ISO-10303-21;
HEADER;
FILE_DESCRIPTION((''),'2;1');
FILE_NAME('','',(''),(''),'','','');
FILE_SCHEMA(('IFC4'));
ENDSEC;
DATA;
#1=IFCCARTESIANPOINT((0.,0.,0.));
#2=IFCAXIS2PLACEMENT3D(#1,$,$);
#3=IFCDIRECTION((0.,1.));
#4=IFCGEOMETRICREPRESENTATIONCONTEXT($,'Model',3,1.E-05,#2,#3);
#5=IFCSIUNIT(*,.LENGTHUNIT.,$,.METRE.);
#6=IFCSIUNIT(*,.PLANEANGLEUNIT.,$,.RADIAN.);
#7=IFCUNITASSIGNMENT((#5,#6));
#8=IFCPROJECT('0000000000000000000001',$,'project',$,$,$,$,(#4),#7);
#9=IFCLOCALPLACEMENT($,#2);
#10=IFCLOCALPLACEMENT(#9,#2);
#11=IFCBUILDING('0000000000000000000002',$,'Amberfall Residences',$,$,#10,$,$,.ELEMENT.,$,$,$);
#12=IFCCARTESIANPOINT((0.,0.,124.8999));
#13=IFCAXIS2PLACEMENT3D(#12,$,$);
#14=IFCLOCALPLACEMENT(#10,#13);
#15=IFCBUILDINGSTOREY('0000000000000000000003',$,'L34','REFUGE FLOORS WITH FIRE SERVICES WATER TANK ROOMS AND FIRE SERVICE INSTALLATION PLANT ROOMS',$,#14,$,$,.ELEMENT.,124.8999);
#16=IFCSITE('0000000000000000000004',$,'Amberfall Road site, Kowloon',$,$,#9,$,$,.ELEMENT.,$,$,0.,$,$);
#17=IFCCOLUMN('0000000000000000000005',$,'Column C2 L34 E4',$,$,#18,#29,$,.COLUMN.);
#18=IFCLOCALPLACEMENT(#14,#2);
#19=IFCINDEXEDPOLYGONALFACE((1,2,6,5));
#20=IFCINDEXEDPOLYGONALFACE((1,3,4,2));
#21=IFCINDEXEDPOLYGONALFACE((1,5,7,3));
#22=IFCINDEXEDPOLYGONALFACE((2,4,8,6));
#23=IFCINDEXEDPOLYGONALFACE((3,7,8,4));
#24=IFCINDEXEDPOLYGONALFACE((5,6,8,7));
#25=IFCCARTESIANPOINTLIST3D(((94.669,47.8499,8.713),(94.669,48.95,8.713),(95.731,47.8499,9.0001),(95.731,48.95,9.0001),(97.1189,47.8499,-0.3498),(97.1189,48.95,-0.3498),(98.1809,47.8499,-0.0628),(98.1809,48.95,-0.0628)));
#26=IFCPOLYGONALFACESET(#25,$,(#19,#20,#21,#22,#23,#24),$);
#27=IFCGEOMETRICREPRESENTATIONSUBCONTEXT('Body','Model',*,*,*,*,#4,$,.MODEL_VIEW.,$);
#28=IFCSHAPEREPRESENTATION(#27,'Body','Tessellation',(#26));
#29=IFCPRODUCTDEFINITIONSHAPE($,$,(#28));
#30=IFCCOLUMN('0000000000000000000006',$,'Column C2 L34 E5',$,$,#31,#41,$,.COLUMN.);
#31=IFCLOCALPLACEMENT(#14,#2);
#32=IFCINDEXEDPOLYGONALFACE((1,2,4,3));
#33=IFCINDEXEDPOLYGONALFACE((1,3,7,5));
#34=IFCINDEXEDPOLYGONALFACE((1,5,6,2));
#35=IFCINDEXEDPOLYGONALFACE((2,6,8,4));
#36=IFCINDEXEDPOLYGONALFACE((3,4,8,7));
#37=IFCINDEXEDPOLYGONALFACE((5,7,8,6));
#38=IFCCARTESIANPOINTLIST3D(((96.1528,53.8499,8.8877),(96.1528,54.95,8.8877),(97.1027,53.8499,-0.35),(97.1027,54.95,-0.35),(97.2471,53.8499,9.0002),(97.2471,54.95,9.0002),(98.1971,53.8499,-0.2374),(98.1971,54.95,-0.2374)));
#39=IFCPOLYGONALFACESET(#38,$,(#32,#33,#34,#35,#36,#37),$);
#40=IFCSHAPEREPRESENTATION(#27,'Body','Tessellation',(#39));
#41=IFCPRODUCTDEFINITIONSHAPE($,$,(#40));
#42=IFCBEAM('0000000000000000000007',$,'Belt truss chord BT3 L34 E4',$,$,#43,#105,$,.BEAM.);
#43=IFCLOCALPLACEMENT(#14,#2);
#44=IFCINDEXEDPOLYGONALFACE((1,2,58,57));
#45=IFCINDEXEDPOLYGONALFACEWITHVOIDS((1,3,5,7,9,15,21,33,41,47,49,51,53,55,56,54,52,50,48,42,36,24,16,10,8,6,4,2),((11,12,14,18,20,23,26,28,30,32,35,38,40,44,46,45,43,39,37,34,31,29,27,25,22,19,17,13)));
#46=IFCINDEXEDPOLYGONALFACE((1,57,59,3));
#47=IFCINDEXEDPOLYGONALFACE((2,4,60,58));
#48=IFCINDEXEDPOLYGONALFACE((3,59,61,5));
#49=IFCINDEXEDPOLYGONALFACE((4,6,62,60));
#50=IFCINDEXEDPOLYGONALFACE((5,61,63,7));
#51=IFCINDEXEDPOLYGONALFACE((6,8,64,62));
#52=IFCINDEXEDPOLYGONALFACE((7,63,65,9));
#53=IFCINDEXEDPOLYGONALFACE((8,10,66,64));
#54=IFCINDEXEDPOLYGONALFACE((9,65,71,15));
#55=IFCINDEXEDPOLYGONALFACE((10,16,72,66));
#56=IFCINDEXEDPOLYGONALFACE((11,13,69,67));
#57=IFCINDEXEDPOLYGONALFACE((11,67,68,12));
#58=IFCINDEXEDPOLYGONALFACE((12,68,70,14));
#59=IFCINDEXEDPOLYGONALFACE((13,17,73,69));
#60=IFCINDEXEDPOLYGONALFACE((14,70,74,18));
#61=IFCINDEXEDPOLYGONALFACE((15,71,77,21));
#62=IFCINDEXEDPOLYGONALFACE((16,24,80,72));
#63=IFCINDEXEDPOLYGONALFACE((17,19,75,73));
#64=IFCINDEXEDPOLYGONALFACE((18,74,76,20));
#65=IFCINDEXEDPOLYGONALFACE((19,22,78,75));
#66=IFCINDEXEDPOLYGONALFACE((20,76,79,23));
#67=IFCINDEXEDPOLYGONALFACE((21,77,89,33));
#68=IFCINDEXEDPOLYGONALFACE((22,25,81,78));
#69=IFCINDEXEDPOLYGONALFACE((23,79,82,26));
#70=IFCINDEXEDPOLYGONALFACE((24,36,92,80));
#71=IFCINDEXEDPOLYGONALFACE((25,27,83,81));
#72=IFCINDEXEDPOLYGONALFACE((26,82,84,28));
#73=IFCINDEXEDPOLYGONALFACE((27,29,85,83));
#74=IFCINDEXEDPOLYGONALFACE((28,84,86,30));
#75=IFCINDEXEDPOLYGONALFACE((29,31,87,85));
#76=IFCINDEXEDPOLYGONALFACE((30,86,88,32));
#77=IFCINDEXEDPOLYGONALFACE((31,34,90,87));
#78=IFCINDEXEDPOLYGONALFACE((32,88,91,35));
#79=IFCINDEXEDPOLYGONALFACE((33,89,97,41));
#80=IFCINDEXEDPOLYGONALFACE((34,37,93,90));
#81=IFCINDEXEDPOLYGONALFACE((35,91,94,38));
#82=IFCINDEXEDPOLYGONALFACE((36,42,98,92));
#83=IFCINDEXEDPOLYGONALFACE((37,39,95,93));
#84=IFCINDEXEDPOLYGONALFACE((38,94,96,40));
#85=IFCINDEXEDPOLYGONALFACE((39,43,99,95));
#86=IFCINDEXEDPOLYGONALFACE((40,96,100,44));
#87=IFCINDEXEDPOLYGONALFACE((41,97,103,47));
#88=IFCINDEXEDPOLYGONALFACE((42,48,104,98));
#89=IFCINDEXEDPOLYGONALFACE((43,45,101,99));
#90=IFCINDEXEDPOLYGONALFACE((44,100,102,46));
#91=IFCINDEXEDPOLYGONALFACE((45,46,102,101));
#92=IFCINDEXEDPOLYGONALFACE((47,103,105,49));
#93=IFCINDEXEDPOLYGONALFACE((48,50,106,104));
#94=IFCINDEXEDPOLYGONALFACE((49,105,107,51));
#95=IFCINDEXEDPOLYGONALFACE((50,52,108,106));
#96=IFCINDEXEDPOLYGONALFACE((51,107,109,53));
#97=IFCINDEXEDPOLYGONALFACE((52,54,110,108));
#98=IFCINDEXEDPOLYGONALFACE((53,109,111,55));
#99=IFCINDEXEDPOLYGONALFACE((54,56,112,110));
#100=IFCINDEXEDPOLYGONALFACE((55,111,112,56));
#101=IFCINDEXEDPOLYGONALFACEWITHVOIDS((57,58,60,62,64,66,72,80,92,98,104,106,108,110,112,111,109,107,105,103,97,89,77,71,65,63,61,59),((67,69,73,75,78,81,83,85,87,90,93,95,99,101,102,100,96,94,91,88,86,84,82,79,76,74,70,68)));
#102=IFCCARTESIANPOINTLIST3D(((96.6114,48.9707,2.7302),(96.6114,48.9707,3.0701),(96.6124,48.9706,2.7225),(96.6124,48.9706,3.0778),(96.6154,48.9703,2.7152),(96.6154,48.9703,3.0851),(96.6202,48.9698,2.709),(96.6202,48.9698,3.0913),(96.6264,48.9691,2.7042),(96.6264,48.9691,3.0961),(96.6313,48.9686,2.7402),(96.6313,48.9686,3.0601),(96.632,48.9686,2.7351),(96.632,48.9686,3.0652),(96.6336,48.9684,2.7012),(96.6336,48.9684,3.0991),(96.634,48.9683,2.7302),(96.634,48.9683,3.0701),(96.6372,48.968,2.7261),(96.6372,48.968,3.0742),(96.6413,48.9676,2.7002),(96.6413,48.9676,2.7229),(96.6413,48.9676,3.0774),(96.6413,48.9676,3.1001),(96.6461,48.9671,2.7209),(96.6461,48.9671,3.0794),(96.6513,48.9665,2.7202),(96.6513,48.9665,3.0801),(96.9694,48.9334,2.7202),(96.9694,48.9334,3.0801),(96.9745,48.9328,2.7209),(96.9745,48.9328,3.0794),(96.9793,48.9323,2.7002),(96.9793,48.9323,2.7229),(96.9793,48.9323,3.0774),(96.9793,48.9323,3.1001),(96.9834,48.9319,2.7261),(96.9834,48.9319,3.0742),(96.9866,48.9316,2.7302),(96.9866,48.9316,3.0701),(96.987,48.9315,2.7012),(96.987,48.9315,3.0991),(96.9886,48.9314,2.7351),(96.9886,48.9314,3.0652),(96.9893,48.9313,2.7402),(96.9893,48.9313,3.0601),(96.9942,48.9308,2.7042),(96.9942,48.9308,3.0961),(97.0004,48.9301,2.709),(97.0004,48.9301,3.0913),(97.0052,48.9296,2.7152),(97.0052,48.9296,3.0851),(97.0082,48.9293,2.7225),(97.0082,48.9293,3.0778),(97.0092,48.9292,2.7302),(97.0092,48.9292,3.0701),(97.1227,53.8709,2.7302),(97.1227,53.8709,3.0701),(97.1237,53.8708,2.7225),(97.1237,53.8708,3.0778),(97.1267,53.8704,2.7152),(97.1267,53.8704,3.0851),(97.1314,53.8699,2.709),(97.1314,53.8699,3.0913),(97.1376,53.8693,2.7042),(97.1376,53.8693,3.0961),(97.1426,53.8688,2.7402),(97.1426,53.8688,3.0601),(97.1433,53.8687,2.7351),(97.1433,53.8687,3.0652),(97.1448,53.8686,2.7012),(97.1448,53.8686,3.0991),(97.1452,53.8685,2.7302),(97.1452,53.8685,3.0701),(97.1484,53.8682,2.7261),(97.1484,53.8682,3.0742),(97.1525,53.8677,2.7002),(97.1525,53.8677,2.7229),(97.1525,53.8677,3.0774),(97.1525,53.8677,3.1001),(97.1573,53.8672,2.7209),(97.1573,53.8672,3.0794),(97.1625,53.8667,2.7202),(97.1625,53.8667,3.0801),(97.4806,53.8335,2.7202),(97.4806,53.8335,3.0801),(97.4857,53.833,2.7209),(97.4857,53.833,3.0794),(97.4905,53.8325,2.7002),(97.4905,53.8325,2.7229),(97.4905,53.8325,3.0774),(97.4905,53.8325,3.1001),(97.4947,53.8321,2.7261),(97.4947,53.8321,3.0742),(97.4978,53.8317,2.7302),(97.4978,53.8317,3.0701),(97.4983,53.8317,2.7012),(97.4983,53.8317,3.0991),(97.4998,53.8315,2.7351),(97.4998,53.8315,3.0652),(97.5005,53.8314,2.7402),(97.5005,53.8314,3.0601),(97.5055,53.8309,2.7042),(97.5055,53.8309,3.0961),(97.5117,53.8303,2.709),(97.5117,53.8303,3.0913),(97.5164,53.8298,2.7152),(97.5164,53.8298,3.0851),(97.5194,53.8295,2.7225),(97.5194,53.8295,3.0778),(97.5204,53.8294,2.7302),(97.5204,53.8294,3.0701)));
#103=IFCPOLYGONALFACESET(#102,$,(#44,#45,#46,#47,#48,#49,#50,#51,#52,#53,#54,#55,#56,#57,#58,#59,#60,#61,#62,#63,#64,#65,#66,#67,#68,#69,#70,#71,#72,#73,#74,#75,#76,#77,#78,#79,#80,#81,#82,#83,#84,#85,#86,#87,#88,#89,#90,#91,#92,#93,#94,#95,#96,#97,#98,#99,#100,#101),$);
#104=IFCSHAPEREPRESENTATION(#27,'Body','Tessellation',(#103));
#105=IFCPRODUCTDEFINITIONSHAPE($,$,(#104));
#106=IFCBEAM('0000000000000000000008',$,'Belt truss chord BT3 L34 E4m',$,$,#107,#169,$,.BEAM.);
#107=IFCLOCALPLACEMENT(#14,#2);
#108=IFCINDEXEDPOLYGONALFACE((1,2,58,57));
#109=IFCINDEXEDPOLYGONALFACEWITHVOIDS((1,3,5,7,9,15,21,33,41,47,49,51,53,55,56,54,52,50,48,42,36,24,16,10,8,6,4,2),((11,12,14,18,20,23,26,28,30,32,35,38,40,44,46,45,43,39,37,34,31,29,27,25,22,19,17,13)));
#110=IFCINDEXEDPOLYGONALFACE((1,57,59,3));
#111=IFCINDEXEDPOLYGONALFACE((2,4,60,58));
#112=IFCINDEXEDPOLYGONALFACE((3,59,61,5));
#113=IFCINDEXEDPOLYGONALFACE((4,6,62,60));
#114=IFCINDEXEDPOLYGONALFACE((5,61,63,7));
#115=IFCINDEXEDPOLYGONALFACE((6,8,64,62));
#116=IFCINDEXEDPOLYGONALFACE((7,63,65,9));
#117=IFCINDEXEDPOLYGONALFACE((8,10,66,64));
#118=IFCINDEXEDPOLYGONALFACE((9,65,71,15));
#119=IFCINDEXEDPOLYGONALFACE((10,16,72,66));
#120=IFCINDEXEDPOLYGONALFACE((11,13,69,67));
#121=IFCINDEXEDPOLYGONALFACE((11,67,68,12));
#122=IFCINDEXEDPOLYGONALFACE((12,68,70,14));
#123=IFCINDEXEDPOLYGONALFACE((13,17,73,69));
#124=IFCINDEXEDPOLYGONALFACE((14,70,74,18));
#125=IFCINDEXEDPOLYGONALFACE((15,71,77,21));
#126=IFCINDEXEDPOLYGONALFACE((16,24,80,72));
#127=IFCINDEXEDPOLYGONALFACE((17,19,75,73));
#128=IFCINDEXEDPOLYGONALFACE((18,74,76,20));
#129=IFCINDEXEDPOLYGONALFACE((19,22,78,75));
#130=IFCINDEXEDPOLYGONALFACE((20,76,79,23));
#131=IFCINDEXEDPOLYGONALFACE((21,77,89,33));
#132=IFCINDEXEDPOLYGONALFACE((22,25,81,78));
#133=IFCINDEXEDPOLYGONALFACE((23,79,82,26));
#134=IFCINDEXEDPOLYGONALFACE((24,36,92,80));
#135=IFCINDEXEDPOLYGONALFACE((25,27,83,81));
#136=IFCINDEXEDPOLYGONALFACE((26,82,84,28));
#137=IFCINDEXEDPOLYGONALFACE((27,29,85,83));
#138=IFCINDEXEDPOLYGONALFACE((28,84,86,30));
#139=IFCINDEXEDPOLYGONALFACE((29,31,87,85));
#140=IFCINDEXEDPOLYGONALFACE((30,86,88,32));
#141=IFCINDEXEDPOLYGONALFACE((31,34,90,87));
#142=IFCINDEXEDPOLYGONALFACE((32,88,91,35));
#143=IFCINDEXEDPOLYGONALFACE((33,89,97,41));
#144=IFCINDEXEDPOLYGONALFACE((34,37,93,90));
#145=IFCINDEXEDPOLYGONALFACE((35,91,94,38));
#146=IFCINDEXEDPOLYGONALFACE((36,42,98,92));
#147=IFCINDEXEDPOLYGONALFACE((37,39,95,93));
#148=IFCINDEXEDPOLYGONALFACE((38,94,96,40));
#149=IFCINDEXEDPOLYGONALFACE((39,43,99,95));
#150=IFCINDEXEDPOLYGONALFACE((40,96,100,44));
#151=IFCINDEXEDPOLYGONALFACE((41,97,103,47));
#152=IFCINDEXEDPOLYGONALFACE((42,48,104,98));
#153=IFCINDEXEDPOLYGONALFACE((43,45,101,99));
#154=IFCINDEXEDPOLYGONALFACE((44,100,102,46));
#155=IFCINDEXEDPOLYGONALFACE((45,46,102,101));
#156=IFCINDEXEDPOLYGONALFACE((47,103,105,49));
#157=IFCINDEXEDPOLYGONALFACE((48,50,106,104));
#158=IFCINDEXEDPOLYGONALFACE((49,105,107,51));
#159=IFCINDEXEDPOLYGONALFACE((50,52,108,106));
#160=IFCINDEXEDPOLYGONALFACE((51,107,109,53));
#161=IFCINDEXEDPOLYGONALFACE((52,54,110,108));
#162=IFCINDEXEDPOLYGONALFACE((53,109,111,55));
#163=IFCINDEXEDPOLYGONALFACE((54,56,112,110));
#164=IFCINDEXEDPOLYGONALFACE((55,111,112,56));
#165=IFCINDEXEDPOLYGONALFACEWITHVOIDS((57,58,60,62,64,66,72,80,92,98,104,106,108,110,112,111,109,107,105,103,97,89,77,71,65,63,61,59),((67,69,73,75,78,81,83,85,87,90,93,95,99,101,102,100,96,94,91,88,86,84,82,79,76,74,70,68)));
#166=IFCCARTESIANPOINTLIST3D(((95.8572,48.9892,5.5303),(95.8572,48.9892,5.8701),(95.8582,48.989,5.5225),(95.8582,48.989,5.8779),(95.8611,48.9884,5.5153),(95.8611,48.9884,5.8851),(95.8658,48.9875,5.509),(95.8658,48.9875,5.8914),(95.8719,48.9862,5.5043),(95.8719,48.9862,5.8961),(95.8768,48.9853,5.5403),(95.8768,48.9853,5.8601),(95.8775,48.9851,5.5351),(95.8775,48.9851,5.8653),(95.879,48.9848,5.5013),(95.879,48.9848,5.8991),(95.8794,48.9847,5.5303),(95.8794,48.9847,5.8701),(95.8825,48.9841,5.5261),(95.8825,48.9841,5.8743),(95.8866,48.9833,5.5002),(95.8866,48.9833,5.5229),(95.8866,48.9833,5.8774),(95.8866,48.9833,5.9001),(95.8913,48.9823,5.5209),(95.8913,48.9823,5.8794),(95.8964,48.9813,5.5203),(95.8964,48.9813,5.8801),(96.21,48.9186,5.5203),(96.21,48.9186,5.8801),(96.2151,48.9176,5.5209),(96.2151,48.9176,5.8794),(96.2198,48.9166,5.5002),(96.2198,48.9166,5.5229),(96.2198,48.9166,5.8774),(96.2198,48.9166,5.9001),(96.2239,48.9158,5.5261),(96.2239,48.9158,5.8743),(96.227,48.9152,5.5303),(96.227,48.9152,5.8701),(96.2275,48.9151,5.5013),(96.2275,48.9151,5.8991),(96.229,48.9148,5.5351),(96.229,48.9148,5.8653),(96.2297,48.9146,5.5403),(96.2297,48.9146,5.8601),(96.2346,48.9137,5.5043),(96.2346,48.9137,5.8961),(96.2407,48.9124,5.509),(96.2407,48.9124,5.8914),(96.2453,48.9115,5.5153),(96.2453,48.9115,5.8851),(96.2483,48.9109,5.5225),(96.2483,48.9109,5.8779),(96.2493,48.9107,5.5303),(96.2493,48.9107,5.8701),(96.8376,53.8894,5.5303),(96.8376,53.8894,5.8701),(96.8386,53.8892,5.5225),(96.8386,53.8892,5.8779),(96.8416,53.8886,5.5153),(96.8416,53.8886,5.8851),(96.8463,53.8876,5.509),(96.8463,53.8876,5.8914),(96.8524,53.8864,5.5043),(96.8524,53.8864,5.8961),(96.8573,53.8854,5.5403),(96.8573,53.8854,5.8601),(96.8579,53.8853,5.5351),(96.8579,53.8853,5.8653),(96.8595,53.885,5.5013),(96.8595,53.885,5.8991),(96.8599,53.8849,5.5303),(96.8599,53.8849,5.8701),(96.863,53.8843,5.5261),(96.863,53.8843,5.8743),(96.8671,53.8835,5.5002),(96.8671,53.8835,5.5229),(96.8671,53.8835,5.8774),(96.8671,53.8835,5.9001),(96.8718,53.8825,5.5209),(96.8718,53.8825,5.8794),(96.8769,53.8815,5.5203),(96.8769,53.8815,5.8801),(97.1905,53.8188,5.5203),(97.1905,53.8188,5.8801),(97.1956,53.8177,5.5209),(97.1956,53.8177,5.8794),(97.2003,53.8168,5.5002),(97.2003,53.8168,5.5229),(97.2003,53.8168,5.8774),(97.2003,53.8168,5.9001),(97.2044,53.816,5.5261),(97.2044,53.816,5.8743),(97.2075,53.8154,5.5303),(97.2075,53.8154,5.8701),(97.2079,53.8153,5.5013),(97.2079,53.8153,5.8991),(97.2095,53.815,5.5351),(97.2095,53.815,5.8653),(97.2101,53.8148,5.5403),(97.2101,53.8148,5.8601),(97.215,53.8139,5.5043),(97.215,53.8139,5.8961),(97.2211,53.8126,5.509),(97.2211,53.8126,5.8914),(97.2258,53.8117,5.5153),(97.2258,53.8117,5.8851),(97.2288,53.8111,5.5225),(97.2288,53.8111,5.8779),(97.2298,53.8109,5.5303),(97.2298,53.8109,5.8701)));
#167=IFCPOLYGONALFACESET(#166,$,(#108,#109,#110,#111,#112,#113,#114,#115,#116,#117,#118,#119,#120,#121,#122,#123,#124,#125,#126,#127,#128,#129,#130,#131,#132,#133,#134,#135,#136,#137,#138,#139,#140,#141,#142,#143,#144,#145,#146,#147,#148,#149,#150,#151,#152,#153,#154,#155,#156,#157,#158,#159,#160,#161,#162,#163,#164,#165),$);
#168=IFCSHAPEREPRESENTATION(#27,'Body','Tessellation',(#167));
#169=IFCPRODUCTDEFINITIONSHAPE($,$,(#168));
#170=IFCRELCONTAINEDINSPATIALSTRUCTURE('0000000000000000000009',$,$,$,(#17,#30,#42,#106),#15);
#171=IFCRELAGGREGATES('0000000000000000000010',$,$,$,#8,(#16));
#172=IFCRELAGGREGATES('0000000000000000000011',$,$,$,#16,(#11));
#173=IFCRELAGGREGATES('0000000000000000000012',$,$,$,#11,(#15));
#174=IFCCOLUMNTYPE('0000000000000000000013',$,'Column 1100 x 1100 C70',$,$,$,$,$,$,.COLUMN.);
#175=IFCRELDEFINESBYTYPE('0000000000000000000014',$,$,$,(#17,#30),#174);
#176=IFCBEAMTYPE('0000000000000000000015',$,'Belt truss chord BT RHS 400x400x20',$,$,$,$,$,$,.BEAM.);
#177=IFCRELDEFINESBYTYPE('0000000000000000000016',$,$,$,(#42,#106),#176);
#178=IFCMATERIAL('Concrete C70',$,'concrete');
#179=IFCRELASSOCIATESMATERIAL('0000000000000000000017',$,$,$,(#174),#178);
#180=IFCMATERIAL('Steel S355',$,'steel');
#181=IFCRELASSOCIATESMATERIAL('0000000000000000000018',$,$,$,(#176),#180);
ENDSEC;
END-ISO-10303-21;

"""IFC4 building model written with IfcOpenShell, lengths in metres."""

from ifc_helpers import new_model, si_unit, direction, frame, origin, origin_2d, place, context, subcontext, project, spatial, rectangle, hollow_rectangle, extrude, material, material_profile, profile_set, type_object, element, save


model = new_model("IFC4")

# Units and contexts
model_context = context("Model", 3, precision=1e-05, world=origin(), true_north=direction((0.0, 1.0)))
body_context = subcontext(model_context, "Body", "Model", "MODEL_VIEW")
ifc_project = project(units=[si_unit("LENGTHUNIT", "METRE"), si_unit("PLANEANGLEUNIT", "RADIAN")], contexts=[model_context])

# Site, building, storey
site_placement = place(None, origin())
site = spatial("IfcSite", under=ifc_project, at=site_placement, Name="Amberfall Road site, Kowloon", CompositionType="ELEMENT", RefElevation=0.0)
building_placement = place(site_placement, origin())
building = spatial("IfcBuilding", under=site, at=building_placement, Name="Amberfall Residences", CompositionType="ELEMENT")
storey_placement = place(building_placement, frame((0.0, 0.0, 124.8999)))
storey = spatial("IfcBuildingStorey", under=building, at=storey_placement, Name="L34", Description="REFUGE FLOORS WITH FIRE SERVICES WATER TANK ROOMS AND FIRE SERVICE INSTALLATION PLANT ROOMS", CompositionType="ELEMENT", Elevation=124.8999)

# Columns
ifc_material_1 = material(Name="Concrete C70", Category="concrete")
ifc_material_profile_1 = material_profile(ifc_material_1, rectangle(XDim=1.1001, YDim=1.1001, at=origin_2d()), Name="Column 1100 x 1100 C70")
ifc_profile_set_1 = profile_set([ifc_material_profile_1], Name="Concrete C70")
column_type = type_object("IfcColumnType", Name="Column 1100 x 1100 C70", PredefinedType="COLUMN", material=ifc_profile_set_1)
column_1_placement = place(storey_placement, frame((97.6499, 48.3999, -0.2063), z_axis=(-0.260958, 0.0, 0.96535), x_axis=(0.0, -1.0, 0.0)))
element("IfcColumn", 1, at=column_1_placement, inside=storey, type_object=column_type, Name="Column C2 L34 E4", PredefinedType="COLUMN", context=body_context, shape_type="SweptSolid", body=[
    extrude(rectangle(XDim=1.1001, YDim=1.1001, at=origin_2d()), origin(), (0.0, 0.0, 1.0), 9.3882),
])
column_2_placement = place(storey_placement, frame((97.6499, 54.3999, -0.2937), z_axis=(-0.102296, 0.0, 0.994754), x_axis=(0.0, -1.0, 0.0)))
element("IfcColumn", 2, at=column_2_placement, inside=storey, type_object=column_type, Name="Column C2 L34 E5", PredefinedType="COLUMN", context=body_context, shape_type="SweptSolid", body=[
    extrude(rectangle(XDim=1.1001, YDim=1.1001, at=origin_2d()), origin(), (0.0, 0.0, 1.0), 9.2864),
])

# Beams
ifc_material_2 = material(Name="Steel S355", Category="steel")
ifc_material_profile_2 = material_profile(ifc_material_2, hollow_rectangle(XDim=0.3999, YDim=0.3999, WallThickness=0.02, InnerFilletRadius=0.02, OuterFilletRadius=0.03, at=origin_2d()), Name="RHS 400x400x20")
ifc_profile_set_2 = profile_set([ifc_material_profile_2], Name="Steel S355")
beam_type_1 = type_object("IfcBeamType", Name="Belt truss chord BT RHS 400x400x20", PredefinedType="BEAM", material=ifc_profile_set_2)
beam_1_placement = place(storey_placement, frame((96.8103, 48.95, 2.9001), z_axis=(0.103766, 0.994602, 0.0), x_axis=(-0.994602, 0.103766, 0.0)))
element("IfcBeam", 3, at=beam_1_placement, inside=storey, type_object=beam_type_1, Name="Belt truss chord BT3 L34 E4", PredefinedType="BEAM", context=body_context, shape_type="SweptSolid", body=[
    extrude(hollow_rectangle(XDim=0.3999, YDim=0.3999, WallThickness=0.02, InnerFilletRadius=0.02, OuterFilletRadius=0.03, at=origin_2d()), origin(), (0.0, 0.0, 1.0), 4.9268),
])
beam_2_placement = place(storey_placement, frame((96.0532, 48.95, 5.7002), z_axis=(0.196201, 0.980564, 0.0), x_axis=(-0.980564, 0.196201, 0.0)))
element("IfcBeam", 4, at=beam_2_placement, inside=storey, type_object=beam_type_1, Name="Belt truss chord BT3 L34 E4m", PredefinedType="BEAM", context=body_context, shape_type="SweptSolid", body=[
    extrude(hollow_rectangle(XDim=0.3999, YDim=0.3999, WallThickness=0.02, InnerFilletRadius=0.02, OuterFilletRadius=0.03, at=origin_2d()), origin(), (0.0, 0.0, 1.0), 4.9973),
])

save(model, "model.ifc")
